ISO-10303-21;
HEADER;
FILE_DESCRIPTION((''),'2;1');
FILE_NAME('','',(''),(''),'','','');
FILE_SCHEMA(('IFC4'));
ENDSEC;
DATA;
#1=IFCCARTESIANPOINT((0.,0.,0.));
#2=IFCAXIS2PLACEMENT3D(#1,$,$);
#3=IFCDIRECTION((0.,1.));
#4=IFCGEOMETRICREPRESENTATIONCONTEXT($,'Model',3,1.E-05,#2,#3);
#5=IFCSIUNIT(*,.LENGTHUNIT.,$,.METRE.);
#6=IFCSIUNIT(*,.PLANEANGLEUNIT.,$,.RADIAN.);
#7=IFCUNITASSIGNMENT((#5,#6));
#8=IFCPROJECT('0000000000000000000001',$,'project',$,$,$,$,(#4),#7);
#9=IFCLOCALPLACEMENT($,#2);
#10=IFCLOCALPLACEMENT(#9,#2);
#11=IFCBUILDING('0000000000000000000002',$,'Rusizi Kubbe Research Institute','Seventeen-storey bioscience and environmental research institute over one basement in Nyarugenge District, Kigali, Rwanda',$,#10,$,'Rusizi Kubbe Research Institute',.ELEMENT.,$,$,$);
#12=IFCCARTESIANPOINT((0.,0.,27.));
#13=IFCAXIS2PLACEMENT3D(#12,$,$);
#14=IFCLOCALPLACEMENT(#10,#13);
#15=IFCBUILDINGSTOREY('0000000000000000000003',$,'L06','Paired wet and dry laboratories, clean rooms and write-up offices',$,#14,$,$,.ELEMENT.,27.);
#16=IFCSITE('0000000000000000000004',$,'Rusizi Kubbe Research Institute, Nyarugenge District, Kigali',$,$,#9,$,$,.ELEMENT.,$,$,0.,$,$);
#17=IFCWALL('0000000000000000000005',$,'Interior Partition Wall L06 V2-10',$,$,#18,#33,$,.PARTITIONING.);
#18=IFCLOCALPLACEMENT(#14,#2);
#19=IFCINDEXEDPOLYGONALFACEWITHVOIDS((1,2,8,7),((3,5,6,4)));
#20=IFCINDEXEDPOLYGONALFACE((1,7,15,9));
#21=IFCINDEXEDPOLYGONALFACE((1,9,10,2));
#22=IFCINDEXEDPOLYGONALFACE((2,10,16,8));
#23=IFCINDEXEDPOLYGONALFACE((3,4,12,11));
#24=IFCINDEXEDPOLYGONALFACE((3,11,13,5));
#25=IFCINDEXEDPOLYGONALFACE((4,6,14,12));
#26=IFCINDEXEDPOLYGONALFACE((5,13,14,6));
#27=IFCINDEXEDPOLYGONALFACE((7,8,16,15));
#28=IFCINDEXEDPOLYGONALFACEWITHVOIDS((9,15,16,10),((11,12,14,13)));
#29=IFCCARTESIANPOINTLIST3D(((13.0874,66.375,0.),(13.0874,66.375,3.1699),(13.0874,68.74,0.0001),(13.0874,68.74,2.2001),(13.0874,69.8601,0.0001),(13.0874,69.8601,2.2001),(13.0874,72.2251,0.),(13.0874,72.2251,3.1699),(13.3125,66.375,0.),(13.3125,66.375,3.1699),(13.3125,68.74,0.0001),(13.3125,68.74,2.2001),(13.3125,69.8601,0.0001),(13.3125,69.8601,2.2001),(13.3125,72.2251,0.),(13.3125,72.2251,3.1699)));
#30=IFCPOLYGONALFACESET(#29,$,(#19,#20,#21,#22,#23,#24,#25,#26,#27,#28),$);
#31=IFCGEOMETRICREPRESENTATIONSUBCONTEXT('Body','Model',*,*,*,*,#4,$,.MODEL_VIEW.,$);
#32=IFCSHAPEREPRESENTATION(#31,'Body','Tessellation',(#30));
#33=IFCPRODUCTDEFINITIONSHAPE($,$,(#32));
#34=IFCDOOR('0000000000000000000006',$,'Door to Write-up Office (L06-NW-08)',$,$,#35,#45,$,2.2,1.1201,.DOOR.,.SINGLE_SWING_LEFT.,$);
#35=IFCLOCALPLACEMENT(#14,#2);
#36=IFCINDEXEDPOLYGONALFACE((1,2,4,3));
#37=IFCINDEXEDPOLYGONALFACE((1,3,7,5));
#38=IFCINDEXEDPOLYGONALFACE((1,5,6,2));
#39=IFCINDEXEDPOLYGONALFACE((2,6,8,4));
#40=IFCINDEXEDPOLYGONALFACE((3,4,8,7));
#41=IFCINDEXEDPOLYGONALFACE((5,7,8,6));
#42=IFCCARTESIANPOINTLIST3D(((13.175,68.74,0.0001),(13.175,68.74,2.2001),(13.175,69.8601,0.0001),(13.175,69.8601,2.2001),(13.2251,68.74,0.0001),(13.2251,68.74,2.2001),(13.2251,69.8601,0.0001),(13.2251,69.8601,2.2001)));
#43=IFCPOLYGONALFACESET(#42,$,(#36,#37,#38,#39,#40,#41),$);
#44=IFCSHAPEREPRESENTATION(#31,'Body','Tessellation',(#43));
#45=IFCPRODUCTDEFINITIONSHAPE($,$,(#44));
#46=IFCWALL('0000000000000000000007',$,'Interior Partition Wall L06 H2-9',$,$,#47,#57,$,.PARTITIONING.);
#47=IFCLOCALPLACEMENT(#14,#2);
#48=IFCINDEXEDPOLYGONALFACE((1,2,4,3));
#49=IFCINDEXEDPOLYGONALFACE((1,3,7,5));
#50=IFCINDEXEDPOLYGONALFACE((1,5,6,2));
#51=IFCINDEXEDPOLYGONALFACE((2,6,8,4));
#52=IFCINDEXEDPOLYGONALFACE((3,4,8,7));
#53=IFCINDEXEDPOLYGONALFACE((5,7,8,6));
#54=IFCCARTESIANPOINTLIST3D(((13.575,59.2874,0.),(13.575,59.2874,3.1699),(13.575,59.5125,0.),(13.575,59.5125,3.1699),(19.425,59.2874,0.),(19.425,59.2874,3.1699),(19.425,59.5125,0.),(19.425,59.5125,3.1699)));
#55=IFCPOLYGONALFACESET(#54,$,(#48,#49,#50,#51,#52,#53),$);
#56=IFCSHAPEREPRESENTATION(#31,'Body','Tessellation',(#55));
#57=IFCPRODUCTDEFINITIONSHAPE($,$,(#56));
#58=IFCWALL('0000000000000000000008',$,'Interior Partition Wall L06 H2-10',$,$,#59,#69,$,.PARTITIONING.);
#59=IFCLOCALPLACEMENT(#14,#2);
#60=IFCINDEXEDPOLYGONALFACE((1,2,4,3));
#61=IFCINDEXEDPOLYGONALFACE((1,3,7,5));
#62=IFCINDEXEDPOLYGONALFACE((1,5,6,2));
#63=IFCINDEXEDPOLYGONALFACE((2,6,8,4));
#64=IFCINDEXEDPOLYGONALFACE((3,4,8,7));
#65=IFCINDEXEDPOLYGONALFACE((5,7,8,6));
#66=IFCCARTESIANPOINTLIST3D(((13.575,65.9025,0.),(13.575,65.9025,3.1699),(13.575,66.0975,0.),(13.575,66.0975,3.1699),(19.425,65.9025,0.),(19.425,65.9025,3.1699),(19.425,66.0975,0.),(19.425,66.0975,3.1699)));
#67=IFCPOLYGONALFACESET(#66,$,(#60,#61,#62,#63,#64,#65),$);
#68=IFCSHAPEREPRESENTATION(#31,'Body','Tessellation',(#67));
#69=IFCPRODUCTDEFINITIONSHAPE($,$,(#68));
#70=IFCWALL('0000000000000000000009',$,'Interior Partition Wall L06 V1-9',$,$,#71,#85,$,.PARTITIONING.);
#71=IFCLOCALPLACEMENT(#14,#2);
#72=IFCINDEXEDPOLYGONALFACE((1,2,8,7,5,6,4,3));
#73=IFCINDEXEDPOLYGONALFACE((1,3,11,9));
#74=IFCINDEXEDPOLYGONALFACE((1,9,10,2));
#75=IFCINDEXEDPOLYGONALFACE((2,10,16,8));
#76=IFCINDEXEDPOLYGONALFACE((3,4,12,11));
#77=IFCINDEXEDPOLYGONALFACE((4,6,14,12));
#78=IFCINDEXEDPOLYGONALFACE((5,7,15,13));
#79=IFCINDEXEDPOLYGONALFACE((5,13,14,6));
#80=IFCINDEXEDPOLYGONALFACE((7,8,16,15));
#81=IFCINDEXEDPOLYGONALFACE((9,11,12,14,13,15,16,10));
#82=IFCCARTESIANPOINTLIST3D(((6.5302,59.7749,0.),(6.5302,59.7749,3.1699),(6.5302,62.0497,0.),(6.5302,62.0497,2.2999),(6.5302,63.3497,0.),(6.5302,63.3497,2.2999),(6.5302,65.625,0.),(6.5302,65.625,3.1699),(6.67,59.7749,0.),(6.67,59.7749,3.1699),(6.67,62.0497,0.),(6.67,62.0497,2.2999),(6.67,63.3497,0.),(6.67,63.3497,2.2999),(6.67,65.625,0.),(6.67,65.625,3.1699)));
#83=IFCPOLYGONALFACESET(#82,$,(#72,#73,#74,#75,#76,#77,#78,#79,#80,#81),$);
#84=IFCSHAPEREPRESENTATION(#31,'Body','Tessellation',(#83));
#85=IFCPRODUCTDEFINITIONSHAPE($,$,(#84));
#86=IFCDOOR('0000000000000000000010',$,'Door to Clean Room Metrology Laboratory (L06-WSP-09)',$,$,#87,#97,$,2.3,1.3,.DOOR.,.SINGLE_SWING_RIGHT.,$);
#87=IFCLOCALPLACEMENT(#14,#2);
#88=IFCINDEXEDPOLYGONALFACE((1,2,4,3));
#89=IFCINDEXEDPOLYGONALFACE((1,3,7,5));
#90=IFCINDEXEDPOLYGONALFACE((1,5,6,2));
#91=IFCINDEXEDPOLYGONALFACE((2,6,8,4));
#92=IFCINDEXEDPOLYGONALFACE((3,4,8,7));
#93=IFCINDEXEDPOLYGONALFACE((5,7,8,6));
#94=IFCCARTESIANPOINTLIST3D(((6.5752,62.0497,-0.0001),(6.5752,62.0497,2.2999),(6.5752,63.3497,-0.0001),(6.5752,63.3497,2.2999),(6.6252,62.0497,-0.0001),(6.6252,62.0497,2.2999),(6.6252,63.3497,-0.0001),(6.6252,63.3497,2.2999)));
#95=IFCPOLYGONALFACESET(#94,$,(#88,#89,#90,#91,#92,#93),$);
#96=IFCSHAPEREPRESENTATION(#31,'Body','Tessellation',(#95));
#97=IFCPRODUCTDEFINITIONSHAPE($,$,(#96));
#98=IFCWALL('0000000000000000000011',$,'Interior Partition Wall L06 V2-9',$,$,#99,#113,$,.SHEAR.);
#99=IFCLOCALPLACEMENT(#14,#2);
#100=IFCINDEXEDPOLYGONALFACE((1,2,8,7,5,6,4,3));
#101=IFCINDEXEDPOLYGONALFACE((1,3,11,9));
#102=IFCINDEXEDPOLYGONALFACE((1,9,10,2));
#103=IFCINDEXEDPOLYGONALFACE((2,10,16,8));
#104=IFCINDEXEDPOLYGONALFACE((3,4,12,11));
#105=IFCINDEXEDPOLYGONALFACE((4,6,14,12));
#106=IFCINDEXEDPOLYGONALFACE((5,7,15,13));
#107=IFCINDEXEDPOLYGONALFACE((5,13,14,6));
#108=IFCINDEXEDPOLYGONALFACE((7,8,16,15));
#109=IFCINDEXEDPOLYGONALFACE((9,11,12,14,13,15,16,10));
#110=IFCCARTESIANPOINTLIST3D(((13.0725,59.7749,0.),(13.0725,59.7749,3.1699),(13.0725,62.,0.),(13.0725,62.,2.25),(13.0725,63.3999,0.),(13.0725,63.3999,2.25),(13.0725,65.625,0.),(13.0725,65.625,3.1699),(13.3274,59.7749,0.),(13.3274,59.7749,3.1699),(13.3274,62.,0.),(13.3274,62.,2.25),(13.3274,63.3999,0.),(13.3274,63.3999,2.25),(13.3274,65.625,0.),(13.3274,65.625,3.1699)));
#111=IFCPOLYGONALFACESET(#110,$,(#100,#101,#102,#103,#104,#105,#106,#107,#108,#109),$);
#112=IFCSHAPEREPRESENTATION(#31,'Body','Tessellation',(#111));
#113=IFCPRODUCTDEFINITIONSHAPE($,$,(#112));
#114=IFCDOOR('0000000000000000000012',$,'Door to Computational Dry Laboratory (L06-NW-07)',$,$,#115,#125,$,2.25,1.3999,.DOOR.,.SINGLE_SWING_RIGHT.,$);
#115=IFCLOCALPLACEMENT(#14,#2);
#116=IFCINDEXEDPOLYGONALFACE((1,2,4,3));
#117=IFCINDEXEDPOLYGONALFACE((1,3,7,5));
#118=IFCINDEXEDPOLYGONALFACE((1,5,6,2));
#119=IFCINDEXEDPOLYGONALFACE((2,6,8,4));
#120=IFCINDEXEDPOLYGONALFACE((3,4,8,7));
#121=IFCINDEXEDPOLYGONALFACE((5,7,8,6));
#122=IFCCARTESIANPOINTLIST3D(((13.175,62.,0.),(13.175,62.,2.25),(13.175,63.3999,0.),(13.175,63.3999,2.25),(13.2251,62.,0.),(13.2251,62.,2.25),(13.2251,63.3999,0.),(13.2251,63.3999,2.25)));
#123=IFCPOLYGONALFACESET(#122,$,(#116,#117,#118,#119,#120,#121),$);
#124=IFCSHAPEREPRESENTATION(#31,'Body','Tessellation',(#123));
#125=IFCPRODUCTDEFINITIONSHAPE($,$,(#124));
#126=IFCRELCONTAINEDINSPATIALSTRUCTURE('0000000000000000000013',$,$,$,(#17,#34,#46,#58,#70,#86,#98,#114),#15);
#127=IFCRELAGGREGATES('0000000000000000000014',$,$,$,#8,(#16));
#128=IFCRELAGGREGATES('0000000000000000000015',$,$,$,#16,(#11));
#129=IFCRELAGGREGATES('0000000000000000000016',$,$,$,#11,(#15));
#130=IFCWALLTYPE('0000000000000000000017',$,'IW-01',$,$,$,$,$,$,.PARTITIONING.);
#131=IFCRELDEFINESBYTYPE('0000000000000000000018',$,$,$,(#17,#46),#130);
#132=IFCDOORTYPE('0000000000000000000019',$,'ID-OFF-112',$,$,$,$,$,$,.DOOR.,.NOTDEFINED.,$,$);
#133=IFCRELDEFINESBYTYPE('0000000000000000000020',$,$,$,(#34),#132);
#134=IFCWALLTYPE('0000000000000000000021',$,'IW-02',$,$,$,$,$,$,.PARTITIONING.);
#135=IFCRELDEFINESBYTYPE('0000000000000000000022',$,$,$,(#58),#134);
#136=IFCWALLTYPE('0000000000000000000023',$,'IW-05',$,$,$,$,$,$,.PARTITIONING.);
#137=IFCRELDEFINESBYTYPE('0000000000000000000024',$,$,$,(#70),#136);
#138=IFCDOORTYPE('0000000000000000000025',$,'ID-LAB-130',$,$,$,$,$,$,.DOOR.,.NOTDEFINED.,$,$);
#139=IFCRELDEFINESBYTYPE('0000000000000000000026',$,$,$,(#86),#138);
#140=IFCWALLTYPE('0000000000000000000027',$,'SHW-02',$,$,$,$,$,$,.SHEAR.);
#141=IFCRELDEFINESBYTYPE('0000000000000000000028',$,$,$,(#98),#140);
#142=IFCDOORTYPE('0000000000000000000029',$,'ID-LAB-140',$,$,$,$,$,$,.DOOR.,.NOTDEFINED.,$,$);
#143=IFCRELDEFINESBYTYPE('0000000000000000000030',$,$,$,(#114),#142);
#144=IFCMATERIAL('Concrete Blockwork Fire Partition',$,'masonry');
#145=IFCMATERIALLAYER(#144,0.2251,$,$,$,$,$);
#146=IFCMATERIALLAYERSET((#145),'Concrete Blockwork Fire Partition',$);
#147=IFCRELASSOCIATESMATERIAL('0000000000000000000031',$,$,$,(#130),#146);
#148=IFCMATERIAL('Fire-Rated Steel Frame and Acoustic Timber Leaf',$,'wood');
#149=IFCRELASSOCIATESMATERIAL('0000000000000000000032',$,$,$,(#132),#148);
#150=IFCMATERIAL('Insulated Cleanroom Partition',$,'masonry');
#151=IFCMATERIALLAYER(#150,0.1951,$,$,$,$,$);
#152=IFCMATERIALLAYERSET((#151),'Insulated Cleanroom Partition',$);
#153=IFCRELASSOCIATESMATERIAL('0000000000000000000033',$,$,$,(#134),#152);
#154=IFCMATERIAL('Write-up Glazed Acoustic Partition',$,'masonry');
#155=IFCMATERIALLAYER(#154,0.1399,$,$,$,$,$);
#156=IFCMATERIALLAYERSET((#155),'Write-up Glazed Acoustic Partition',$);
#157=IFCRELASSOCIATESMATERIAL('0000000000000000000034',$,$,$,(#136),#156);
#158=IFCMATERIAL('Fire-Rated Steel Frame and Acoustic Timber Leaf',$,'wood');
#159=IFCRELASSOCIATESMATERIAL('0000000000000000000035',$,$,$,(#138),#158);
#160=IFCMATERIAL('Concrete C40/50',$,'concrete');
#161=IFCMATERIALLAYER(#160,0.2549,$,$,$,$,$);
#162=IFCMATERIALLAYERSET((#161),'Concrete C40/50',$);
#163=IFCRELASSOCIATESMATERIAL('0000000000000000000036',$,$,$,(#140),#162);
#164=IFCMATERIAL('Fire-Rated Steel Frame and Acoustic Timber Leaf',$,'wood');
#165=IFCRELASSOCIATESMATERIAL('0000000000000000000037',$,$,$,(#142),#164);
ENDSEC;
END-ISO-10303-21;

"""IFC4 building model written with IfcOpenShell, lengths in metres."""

from ifc_helpers import new_model, si_unit, direction, frame, frame_2d, origin, place, context, subcontext, project, spatial, rectangle, extrude, material, layer, layer_set, type_object, element, fill, save


model = new_model("IFC4")

# Units and contexts
model_context = context("Model", 3, precision=1e-05, world=origin(), true_north=direction((0.0, 1.0)))
body_context = subcontext(model_context, "Body", "Model", "MODEL_VIEW")
ifc_project = project(units=[si_unit("LENGTHUNIT", "METRE"), si_unit("PLANEANGLEUNIT", "RADIAN")], contexts=[model_context])

# Site, building, storey
site_placement = place(None, origin())
site = spatial("IfcSite", under=ifc_project, at=site_placement, Name="Rusizi Kubbe Research Institute, Nyarugenge District, Kigali", CompositionType="ELEMENT", RefElevation=0.0)
building_placement = place(site_placement, origin())
building = spatial("IfcBuilding", under=site, at=building_placement, Name="Rusizi Kubbe Research Institute", Description="Seventeen-storey bioscience and environmental research institute over one basement in Nyarugenge District, Kigali, Rwanda", LongName="Rusizi Kubbe Research Institute", CompositionType="ELEMENT")
storey_placement = place(building_placement, frame((0.0, 0.0, 27.0)))
storey = spatial("IfcBuildingStorey", under=building, at=storey_placement, Name="L06", Description="Paired wet and dry laboratories, clean rooms and write-up offices", CompositionType="ELEMENT", Elevation=27.0)

# Wall, opening, door
ifc_material_1 = material(Name="Concrete Blockwork Fire Partition", Category="masonry")
ifc_layer_1 = layer(ifc_material_1, 0.2251)
ifc_layer_set_1 = layer_set([ifc_layer_1], Name="Concrete Blockwork Fire Partition")
wall_type_1 = type_object("IfcWallType", Name="IW-01", PredefinedType="PARTITIONING", material=ifc_layer_set_1)
wall_1_placement = place(storey_placement, frame((13.2, 66.375, 0.0), z_axis=(0.0, 0.0, 1.0), x_axis=(0.0, 1.0, 0.0)))
wall_1 = element("IfcWall", 1, at=wall_1_placement, inside=storey, type_object=wall_type_1, Name="Interior Partition Wall L06 V2-10", PredefinedType="PARTITIONING", context=body_context, shape_type="SweptSolid", body=[
    extrude(rectangle(XDim=5.8501, YDim=0.2251, at=frame_2d((2.925, 0.0))), origin(), (0.0, 0.0, 1.0), 3.1699),
])
opening_1_placement = place(wall_1_placement, frame((2.365, 0.0, 0.0)))
opening_1 = element("IfcOpeningElement", 2, at=opening_1_placement, cuts=wall_1, PredefinedType="OPENING", context=body_context, shape_type="SweptSolid", body=[
    extrude(rectangle(XDim=1.1201, YDim=2.2, at=frame_2d((0.5601, 1.1001))), frame((0.0, 0.1226, 0.0), z_axis=(0.0, -1.0, 0.0), x_axis=(1.0, 0.0, 0.0)), (0.0, 0.0, 1.0), 0.2451),
])
ifc_material_2 = material(Name="Fire-Rated Steel Frame and Acoustic Timber Leaf", Category="wood")
door_type_1 = type_object("IfcDoorType", Name="ID-OFF-112", OperationType="NOTDEFINED", PredefinedType="DOOR", material=ifc_material_2)
door_1_placement = place(opening_1_placement, origin())
door_1 = element("IfcDoor", 3, at=door_1_placement, inside=storey, type_object=door_type_1, Name="Door to Write-up Office (L06-NW-08)", OperationType="SINGLE_SWING_LEFT", OverallHeight=2.2, OverallWidth=1.1201, PredefinedType="DOOR", context=body_context, shape_type="SweptSolid", body=[
    extrude(rectangle(XDim=1.1201, YDim=2.2, at=frame_2d((0.5601, 1.1001))), frame((0.0, 0.0249, 0.0), z_axis=(0.0, -1.0, 0.0), x_axis=(1.0, 0.0, 0.0)), (0.0, 0.0, 1.0), 0.05),
])
fill(opening_1, door_1)

# Walls
wall_2_placement = place(storey_placement, frame((13.575, 59.3999, 0.0), z_axis=(0.0, 0.0, 1.0), x_axis=(1.0, 0.0, 0.0)))
element("IfcWall", 4, at=wall_2_placement, inside=storey, type_object=wall_type_1, Name="Interior Partition Wall L06 H2-9", PredefinedType="PARTITIONING", context=body_context, shape_type="SweptSolid", body=[
    extrude(rectangle(XDim=5.8501, YDim=0.2251, at=frame_2d((2.925, 0.0))), origin(), (0.0, 0.0, 1.0), 3.1699),
])
ifc_material_3 = material(Name="Insulated Cleanroom Partition", Category="masonry")
ifc_layer_2 = layer(ifc_material_3, 0.1951)
ifc_layer_set_2 = layer_set([ifc_layer_2], Name="Insulated Cleanroom Partition")
wall_type_2 = type_object("IfcWallType", Name="IW-02", PredefinedType="PARTITIONING", material=ifc_layer_set_2)
wall_3_placement = place(storey_placement, frame((13.575, 66.0, 0.0), z_axis=(0.0, 0.0, 1.0), x_axis=(1.0, 0.0, 0.0)))
element("IfcWall", 5, at=wall_3_placement, inside=storey, type_object=wall_type_2, Name="Interior Partition Wall L06 H2-10", PredefinedType="PARTITIONING", context=body_context, shape_type="SweptSolid", body=[
    extrude(rectangle(XDim=5.8501, YDim=0.1951, at=frame_2d((2.925, 0.0))), origin(), (0.0, 0.0, 1.0), 3.1699),
])

# Walls, openings, doors
ifc_material_4 = material(Name="Write-up Glazed Acoustic Partition", Category="masonry")
ifc_layer_3 = layer(ifc_material_4, 0.1399)
ifc_layer_set_3 = layer_set([ifc_layer_3], Name="Write-up Glazed Acoustic Partition")
wall_type_3 = type_object("IfcWallType", Name="IW-05", PredefinedType="PARTITIONING", material=ifc_layer_set_3)
wall_4_placement = place(storey_placement, frame((6.6001, 59.7749, 0.0), z_axis=(0.0, 0.0, 1.0), x_axis=(0.0, 1.0, 0.0)))
wall_4 = element("IfcWall", 6, at=wall_4_placement, inside=storey, type_object=wall_type_3, Name="Interior Partition Wall L06 V1-9", PredefinedType="PARTITIONING", context=body_context, shape_type="SweptSolid", body=[
    extrude(rectangle(XDim=5.8501, YDim=0.1399, at=frame_2d((2.925, 0.0))), origin(), (0.0, 0.0, 1.0), 3.1699),
])
opening_2_placement = place(wall_4_placement, frame((2.2749, 0.0, 0.0)))
opening_2 = element("IfcOpeningElement", 7, at=opening_2_placement, cuts=wall_4, PredefinedType="OPENING", context=body_context, shape_type="SweptSolid", body=[
    extrude(rectangle(XDim=1.3, YDim=2.3, at=frame_2d((0.6499, 1.1499))), frame((0.0, 0.0798, 0.0), z_axis=(0.0, -1.0, 0.0), x_axis=(1.0, 0.0, 0.0)), (0.0, 0.0, 1.0), 0.1599),
])
ifc_material_5 = material(Name="Fire-Rated Steel Frame and Acoustic Timber Leaf", Category="wood")
door_type_2 = type_object("IfcDoorType", Name="ID-LAB-130", OperationType="NOTDEFINED", PredefinedType="DOOR", material=ifc_material_5)
door_2_placement = place(opening_2_placement, origin())
door_2 = element("IfcDoor", 8, at=door_2_placement, inside=storey, type_object=door_type_2, Name="Door to Clean Room Metrology Laboratory (L06-WSP-09)", OperationType="SINGLE_SWING_RIGHT", OverallHeight=2.3, OverallWidth=1.3, PredefinedType="DOOR", context=body_context, shape_type="SweptSolid", body=[
    extrude(rectangle(XDim=1.3, YDim=2.3, at=frame_2d((0.6499, 1.1499))), frame((0.0, 0.0249, 0.0), z_axis=(0.0, -1.0, 0.0), x_axis=(1.0, 0.0, 0.0)), (0.0, 0.0, 1.0), 0.05),
])
fill(opening_2, door_2)
ifc_material_6 = material(Name="Concrete C40/50", Category="concrete")
ifc_layer_4 = layer(ifc_material_6, 0.2549)
ifc_layer_set_4 = layer_set([ifc_layer_4], Name="Concrete C40/50")
wall_type_4 = type_object("IfcWallType", Name="SHW-02", PredefinedType="SHEAR", material=ifc_layer_set_4)
wall_5_placement = place(storey_placement, frame((13.2, 59.7749, 0.0), z_axis=(0.0, 0.0, 1.0), x_axis=(0.0, 1.0, 0.0)))
wall_5 = element("IfcWall", 9, at=wall_5_placement, inside=storey, type_object=wall_type_4, Name="Interior Partition Wall L06 V2-9", PredefinedType="SHEAR", context=body_context, shape_type="SweptSolid", body=[
    extrude(rectangle(XDim=5.8501, YDim=0.2549, at=frame_2d((2.925, 0.0))), origin(), (0.0, 0.0, 1.0), 3.1699),
])
opening_3_placement = place(wall_5_placement, frame((2.2251, 0.0, 0.0)))
opening_3 = element("IfcOpeningElement", 10, at=opening_3_placement, cuts=wall_5, PredefinedType="OPENING", context=body_context, shape_type="SweptSolid", body=[
    extrude(rectangle(XDim=1.3999, YDim=2.25, at=frame_2d((0.7, 1.125))), frame((0.0, 0.1375, 0.0), z_axis=(0.0, -1.0, 0.0), x_axis=(1.0, 0.0, 0.0)), (0.0, 0.0, 1.0), 0.2749),
])
ifc_material_7 = material(Name="Fire-Rated Steel Frame and Acoustic Timber Leaf", Category="wood")
door_type_3 = type_object("IfcDoorType", Name="ID-LAB-140", OperationType="NOTDEFINED", PredefinedType="DOOR", material=ifc_material_7)
door_3_placement = place(opening_3_placement, origin())
door_3 = element("IfcDoor", 11, at=door_3_placement, inside=storey, type_object=door_type_3, Name="Door to Computational Dry Laboratory (L06-NW-07)", OperationType="SINGLE_SWING_RIGHT", OverallHeight=2.25, OverallWidth=1.3999, PredefinedType="DOOR", context=body_context, shape_type="SweptSolid", body=[
    extrude(rectangle(XDim=1.3999, YDim=2.25, at=frame_2d((0.7, 1.125))), frame((0.0, 0.0249, 0.0), z_axis=(0.0, -1.0, 0.0), x_axis=(1.0, 0.0, 0.0)), (0.0, 0.0, 1.0), 0.05),
])
fill(opening_3, door_3)

save(model, "model.ifc")
